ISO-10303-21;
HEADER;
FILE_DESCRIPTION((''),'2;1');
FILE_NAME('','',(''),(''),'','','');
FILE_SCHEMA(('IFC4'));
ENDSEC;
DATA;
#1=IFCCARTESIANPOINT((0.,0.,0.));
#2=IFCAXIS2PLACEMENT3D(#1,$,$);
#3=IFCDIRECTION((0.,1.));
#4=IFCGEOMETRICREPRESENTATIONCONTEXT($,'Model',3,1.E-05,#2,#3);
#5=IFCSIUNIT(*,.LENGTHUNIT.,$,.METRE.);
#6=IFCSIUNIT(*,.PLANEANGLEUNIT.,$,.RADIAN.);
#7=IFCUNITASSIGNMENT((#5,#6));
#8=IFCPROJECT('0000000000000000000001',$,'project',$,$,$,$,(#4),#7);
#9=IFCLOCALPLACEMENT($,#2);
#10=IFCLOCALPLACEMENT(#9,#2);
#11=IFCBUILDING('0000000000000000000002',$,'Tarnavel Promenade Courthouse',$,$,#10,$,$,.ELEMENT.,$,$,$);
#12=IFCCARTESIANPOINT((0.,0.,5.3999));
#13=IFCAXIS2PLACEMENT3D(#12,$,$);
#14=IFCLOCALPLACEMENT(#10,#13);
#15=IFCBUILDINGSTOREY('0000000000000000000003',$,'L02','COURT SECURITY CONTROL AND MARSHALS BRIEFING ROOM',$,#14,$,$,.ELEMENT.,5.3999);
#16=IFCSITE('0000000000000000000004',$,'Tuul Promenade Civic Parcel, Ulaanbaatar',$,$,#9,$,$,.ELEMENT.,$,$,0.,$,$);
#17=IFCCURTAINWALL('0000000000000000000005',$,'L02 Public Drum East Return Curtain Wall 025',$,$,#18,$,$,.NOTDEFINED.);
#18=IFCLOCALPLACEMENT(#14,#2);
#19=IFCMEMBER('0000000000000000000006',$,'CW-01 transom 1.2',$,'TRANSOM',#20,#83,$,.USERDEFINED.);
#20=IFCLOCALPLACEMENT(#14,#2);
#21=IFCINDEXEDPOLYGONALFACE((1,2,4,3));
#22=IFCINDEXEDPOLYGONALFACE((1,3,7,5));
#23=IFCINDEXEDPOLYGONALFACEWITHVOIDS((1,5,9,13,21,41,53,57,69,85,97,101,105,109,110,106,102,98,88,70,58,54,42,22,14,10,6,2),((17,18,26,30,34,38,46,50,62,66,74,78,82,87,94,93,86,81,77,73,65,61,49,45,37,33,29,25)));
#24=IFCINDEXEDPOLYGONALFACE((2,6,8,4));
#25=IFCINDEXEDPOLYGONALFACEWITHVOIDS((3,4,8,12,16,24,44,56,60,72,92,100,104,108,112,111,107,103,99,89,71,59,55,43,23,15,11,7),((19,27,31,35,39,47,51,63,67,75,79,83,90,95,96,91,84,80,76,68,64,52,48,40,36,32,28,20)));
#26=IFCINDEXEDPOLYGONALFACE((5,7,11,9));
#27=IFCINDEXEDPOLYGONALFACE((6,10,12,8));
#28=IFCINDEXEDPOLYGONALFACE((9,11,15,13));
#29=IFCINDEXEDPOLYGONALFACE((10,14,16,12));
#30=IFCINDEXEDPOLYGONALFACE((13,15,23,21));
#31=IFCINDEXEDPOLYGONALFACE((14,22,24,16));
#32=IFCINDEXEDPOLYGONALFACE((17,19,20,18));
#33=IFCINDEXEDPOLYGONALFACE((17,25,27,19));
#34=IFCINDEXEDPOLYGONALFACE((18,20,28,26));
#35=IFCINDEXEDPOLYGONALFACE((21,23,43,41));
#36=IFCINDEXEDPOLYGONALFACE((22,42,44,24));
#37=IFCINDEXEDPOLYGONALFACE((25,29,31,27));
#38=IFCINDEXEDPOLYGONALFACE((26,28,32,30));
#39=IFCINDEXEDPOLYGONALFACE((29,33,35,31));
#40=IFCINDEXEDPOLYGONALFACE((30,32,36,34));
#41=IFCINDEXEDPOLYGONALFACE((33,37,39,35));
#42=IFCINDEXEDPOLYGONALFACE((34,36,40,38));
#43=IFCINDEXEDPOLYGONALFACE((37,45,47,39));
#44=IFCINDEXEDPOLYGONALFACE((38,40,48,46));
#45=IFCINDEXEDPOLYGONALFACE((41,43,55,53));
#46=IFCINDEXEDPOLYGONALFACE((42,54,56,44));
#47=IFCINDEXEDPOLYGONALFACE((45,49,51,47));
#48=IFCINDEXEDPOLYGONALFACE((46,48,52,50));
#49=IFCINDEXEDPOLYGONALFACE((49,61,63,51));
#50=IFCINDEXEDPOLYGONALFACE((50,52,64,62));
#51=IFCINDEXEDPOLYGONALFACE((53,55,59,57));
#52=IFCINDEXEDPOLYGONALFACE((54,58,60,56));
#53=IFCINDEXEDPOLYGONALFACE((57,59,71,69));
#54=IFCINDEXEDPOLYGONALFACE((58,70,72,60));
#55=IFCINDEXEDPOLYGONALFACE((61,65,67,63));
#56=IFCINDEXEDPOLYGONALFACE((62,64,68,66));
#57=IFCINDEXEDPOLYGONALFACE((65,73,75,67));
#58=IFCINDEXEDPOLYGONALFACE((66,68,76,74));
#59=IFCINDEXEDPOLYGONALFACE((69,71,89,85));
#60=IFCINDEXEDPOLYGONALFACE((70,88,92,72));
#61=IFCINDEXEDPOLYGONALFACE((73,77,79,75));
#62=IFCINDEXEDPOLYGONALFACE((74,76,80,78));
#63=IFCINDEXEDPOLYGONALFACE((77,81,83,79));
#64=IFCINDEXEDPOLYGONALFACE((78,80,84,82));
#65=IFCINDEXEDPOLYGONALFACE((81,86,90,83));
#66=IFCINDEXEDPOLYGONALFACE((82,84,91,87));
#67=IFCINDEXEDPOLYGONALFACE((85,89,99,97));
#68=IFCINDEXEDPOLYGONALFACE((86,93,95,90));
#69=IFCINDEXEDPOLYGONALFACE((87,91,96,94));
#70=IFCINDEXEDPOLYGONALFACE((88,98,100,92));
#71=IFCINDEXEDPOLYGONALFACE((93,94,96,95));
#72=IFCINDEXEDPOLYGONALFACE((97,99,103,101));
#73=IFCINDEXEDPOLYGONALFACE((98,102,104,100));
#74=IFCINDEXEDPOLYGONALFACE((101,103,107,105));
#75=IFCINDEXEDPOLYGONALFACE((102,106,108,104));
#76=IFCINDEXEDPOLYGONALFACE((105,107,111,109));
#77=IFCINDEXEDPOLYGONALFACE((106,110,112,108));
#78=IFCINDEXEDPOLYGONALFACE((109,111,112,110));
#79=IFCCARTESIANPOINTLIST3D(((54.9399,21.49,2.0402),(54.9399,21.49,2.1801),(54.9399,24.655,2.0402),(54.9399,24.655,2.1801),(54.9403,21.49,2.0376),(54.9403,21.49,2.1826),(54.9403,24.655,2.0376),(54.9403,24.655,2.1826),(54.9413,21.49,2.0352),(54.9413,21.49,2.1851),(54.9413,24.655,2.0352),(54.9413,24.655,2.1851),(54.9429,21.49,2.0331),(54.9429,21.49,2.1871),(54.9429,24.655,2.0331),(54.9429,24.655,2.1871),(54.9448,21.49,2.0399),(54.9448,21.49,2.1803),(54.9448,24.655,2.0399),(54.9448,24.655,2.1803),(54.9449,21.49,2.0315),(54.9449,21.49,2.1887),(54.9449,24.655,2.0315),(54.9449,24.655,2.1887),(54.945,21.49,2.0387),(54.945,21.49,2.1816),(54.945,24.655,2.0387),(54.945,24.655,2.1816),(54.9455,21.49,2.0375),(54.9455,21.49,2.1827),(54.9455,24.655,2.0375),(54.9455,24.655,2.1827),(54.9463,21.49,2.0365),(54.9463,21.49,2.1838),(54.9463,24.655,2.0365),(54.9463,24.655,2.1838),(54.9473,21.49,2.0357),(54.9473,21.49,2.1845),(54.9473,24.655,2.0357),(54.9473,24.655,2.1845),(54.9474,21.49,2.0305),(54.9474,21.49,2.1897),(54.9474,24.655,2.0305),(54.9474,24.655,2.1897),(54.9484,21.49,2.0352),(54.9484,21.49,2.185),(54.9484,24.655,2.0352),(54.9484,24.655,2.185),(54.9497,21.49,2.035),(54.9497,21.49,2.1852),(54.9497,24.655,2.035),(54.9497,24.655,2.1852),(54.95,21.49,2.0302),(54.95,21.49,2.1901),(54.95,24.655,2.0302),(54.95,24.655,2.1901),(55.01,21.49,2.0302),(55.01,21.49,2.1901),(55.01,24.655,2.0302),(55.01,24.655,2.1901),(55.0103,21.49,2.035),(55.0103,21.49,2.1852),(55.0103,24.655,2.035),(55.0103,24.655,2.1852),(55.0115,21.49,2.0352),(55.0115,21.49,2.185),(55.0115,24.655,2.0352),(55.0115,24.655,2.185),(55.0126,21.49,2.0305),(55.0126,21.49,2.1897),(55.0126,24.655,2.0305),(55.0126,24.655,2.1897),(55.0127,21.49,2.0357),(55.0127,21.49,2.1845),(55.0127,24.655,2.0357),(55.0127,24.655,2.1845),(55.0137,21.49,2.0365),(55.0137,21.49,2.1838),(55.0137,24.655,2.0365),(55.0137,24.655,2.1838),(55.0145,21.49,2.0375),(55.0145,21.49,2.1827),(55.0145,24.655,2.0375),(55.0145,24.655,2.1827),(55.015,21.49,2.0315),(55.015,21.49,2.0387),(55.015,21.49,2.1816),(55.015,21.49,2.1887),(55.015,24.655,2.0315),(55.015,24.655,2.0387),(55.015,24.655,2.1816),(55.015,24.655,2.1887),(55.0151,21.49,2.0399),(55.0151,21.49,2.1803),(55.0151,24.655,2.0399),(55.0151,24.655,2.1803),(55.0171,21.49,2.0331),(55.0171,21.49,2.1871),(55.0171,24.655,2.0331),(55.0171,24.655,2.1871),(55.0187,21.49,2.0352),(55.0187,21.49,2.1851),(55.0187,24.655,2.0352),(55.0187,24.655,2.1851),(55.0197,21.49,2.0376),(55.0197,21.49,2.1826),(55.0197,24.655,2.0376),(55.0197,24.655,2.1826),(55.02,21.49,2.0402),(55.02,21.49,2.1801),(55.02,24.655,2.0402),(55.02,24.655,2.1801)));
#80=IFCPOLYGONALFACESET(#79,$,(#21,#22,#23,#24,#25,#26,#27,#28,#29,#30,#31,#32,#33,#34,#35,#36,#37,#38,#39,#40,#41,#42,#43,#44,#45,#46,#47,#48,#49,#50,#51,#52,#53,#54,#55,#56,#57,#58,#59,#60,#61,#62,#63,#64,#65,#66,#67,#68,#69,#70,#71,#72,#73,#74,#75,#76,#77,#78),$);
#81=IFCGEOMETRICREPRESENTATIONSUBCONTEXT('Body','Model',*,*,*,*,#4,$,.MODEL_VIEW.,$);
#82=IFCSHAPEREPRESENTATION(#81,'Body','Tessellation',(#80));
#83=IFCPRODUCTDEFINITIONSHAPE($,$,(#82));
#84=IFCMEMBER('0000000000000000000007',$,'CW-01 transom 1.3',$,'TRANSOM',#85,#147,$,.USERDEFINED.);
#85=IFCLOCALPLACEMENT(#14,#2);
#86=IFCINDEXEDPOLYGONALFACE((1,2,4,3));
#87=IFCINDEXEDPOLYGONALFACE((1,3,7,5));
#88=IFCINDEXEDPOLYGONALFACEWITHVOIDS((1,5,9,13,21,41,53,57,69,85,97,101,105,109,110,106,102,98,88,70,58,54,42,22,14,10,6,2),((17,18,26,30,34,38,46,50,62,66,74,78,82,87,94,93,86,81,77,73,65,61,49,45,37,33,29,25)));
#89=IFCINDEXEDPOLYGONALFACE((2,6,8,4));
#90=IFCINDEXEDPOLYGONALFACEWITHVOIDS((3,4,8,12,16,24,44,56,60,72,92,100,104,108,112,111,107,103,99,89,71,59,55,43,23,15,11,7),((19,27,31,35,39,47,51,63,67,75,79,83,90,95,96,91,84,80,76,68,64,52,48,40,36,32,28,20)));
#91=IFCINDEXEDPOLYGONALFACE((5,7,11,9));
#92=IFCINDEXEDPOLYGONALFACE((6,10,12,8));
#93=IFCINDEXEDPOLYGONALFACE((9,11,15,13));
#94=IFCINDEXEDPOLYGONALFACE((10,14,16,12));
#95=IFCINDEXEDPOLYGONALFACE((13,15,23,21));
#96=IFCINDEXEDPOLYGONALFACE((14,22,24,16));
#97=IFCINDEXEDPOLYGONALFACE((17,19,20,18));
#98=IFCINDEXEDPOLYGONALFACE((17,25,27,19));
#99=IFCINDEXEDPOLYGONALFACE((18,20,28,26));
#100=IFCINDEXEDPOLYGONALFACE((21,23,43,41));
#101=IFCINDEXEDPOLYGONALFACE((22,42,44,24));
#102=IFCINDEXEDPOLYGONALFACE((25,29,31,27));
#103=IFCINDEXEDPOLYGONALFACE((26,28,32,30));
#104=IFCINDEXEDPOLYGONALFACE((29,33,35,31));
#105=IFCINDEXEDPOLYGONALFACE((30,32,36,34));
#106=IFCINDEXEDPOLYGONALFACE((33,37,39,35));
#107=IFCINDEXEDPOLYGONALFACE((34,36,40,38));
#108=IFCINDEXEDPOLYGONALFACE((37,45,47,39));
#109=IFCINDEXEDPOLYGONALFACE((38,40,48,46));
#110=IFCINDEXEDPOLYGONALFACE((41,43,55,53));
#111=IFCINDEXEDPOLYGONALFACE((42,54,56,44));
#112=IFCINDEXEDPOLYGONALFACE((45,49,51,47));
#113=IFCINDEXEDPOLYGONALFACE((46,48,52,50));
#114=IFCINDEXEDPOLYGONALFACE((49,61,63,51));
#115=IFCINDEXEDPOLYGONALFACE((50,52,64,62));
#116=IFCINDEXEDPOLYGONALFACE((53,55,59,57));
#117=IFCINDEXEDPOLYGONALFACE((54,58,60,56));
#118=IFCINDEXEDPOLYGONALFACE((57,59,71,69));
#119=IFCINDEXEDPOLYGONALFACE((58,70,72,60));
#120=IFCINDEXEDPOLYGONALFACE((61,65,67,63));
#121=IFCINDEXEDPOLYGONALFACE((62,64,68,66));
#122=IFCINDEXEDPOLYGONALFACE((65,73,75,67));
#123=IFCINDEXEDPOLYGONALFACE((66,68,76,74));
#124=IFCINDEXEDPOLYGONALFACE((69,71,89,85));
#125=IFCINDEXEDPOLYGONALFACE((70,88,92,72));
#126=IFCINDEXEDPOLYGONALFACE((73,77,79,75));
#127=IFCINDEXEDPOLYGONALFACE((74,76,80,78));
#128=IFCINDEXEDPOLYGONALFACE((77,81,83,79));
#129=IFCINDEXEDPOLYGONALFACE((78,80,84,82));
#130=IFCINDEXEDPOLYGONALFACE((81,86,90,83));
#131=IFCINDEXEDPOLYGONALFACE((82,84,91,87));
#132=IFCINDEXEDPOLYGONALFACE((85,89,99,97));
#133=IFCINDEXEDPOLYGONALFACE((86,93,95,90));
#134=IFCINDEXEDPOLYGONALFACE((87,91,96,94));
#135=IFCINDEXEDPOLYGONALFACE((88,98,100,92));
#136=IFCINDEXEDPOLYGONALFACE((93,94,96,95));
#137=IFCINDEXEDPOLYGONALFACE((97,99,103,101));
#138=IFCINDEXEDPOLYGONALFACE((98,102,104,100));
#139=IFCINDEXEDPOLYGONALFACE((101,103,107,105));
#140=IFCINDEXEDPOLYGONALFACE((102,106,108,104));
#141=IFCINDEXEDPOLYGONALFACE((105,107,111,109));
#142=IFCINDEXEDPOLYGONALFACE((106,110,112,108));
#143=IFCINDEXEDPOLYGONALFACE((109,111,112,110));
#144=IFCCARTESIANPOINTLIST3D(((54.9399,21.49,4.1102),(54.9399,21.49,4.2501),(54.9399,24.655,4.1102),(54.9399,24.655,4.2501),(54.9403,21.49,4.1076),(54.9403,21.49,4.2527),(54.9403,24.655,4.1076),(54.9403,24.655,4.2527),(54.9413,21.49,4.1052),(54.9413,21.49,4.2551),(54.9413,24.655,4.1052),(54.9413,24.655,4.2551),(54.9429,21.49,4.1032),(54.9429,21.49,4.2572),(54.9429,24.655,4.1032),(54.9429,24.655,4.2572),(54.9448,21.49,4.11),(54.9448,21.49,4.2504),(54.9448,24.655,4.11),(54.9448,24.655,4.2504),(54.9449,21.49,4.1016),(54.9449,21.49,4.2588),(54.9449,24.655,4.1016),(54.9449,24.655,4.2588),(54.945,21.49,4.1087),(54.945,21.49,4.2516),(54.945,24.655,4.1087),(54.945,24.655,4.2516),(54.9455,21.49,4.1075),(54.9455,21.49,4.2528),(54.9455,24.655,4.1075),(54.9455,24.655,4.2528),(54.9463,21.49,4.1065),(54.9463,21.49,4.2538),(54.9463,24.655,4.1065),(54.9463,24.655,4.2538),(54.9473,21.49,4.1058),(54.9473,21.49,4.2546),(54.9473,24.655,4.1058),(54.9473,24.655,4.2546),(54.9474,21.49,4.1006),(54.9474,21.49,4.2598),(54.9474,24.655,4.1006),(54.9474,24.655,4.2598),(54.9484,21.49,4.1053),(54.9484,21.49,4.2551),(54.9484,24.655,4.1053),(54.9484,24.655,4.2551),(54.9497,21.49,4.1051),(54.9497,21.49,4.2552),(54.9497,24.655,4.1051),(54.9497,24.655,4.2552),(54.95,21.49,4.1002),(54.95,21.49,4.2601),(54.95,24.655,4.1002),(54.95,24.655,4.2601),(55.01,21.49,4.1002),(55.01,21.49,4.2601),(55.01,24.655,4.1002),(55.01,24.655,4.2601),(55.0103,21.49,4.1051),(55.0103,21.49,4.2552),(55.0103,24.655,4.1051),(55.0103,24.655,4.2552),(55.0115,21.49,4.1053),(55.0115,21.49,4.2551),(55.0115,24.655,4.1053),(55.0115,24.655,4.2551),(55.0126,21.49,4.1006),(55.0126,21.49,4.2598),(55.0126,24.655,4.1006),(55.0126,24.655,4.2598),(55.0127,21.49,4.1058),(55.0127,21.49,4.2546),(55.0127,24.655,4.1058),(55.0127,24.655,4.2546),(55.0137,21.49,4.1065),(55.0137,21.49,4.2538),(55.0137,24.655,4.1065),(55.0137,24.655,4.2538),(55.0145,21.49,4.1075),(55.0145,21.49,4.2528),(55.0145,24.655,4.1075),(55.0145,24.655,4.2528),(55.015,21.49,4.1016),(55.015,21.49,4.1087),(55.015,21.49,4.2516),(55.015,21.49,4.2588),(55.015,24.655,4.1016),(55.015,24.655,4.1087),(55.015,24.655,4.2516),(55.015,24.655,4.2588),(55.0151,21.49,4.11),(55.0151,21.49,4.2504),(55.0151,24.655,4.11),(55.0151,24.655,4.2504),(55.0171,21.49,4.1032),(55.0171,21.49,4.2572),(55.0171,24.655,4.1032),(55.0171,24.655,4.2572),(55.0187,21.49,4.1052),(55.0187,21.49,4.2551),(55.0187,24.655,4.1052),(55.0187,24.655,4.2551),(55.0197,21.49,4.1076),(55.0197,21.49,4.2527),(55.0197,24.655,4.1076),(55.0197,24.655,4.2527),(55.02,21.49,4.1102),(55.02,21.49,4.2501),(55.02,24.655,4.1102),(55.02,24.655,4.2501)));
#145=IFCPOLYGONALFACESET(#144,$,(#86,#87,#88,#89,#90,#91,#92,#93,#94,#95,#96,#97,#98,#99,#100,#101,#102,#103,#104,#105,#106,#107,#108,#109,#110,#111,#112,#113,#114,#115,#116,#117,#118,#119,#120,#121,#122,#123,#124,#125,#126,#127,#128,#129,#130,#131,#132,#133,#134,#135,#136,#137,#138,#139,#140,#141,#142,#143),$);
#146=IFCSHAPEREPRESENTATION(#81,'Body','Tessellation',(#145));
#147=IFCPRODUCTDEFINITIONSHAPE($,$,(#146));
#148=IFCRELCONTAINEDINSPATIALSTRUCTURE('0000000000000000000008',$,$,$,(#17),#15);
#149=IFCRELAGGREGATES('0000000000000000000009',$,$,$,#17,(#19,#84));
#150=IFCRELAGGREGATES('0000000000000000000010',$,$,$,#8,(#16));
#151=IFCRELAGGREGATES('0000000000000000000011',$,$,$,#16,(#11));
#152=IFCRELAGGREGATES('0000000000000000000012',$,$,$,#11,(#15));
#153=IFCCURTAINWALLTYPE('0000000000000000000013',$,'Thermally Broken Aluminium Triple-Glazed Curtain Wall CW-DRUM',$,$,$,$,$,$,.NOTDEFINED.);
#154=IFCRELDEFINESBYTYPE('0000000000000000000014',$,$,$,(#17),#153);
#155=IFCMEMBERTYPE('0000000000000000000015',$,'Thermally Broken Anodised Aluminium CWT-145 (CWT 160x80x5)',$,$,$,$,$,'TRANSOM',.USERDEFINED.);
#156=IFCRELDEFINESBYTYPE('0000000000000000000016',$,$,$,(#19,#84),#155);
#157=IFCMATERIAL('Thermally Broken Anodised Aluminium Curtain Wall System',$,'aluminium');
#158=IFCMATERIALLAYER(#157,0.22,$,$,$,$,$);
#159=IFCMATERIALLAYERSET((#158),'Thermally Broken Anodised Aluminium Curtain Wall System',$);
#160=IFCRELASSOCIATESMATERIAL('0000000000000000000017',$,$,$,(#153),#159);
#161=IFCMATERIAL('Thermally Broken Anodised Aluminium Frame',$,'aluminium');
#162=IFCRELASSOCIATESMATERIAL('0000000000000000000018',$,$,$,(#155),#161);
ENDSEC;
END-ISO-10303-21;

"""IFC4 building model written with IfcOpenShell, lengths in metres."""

from ifc_helpers import new_model, si_unit, direction, frame, origin, origin_2d, place, context, subcontext, project, spatial, hollow_rectangle, extrude, material, layer, layer_set, material_profile, profile_set, type_object, element, aggregate, save


model = new_model("IFC4")

# Units and contexts
model_context = context("Model", 3, precision=1e-05, world=origin(), true_north=direction((0.0, 1.0)))
body_context = subcontext(model_context, "Body", "Model", "MODEL_VIEW")
ifc_project = project(units=[si_unit("LENGTHUNIT", "METRE"), si_unit("PLANEANGLEUNIT", "RADIAN")], contexts=[model_context])

# Site, building, storey
site_placement = place(None, origin())
site = spatial("IfcSite", under=ifc_project, at=site_placement, Name="Tuul Promenade Civic Parcel, Ulaanbaatar", CompositionType="ELEMENT", RefElevation=0.0)
building_placement = place(site_placement, origin())
building = spatial("IfcBuilding", under=site, at=building_placement, Name="Tarnavel Promenade Courthouse", CompositionType="ELEMENT")
storey_placement = place(building_placement, frame((0.0, 0.0, 5.3999)))
storey = spatial("IfcBuildingStorey", under=building, at=storey_placement, Name="L02", Description="COURT SECURITY CONTROL AND MARSHALS BRIEFING ROOM", CompositionType="ELEMENT", Elevation=5.3999)

# Curtain wall
ifc_material_1 = material(Name="Thermally Broken Anodised Aluminium Curtain Wall System", Category="aluminium")
ifc_layer_1 = layer(ifc_material_1, 0.22)
ifc_layer_set_1 = layer_set([ifc_layer_1], Name="Thermally Broken Anodised Aluminium Curtain Wall System")
curtain_wall_type_1 = type_object("IfcCurtainWallType", Name="Thermally Broken Aluminium Triple-Glazed Curtain Wall CW-DRUM", PredefinedType="NOTDEFINED", material=ifc_layer_set_1)
curtain_wall_1_placement = place(storey_placement, origin())
curtain_wall_1 = element("IfcCurtainWall", 1, at=curtain_wall_1_placement, inside=storey, type_object=curtain_wall_type_1, Name="L02 Public Drum East Return Curtain Wall 025", PredefinedType="NOTDEFINED")
ifc_material_2 = material(Name="Thermally Broken Anodised Aluminium Frame", Category="aluminium")

# Members
ifc_material_profile_1 = material_profile(ifc_material_2, hollow_rectangle(XDim=0.0801, YDim=0.1599, WallThickness=0.0049, InnerFilletRadius=0.0049, OuterFilletRadius=0.01, at=origin_2d()), Name="CWT 160x80x5")
ifc_profile_set_1 = profile_set([ifc_material_profile_1], Name="Thermally Broken Anodised Aluminium Frame")
member_type_1 = type_object("IfcMemberType", Name="Thermally Broken Anodised Aluminium CWT-145 (CWT 160x80x5)", ElementType="TRANSOM", PredefinedType="USERDEFINED", material=ifc_profile_set_1)
member_1_placement = place(storey_placement, frame((54.98, 21.49, 2.1101), z_axis=(0.0, 1.0, 0.0), x_axis=(-1.0, 0.0, 0.0)))
member_1 = element("IfcMember", 2, at=member_1_placement, type_object=member_type_1, Name="CW-01 transom 1.2", ObjectType="TRANSOM", PredefinedType="USERDEFINED", context=body_context, shape_type="SweptSolid", body=[
    extrude(hollow_rectangle(XDim=0.0801, YDim=0.1599, WallThickness=0.0049, InnerFilletRadius=0.0049, OuterFilletRadius=0.01, at=origin_2d()), origin(), (0.0, 0.0, 1.0), 3.165),
])
member_2_placement = place(storey_placement, frame((54.98, 21.49, 4.1802), z_axis=(0.0, 1.0, 0.0), x_axis=(-1.0, 0.0, 0.0)))
member_2 = element("IfcMember", 3, at=member_2_placement, type_object=member_type_1, Name="CW-01 transom 1.3", ObjectType="TRANSOM", PredefinedType="USERDEFINED", context=body_context, shape_type="SweptSolid", body=[
    extrude(hollow_rectangle(XDim=0.0801, YDim=0.1599, WallThickness=0.0049, InnerFilletRadius=0.0049, OuterFilletRadius=0.01, at=origin_2d()), origin(), (0.0, 0.0, 1.0), 3.165),
])

aggregate(curtain_wall_1, [member_1, member_2])

save(model, "model.ifc")
